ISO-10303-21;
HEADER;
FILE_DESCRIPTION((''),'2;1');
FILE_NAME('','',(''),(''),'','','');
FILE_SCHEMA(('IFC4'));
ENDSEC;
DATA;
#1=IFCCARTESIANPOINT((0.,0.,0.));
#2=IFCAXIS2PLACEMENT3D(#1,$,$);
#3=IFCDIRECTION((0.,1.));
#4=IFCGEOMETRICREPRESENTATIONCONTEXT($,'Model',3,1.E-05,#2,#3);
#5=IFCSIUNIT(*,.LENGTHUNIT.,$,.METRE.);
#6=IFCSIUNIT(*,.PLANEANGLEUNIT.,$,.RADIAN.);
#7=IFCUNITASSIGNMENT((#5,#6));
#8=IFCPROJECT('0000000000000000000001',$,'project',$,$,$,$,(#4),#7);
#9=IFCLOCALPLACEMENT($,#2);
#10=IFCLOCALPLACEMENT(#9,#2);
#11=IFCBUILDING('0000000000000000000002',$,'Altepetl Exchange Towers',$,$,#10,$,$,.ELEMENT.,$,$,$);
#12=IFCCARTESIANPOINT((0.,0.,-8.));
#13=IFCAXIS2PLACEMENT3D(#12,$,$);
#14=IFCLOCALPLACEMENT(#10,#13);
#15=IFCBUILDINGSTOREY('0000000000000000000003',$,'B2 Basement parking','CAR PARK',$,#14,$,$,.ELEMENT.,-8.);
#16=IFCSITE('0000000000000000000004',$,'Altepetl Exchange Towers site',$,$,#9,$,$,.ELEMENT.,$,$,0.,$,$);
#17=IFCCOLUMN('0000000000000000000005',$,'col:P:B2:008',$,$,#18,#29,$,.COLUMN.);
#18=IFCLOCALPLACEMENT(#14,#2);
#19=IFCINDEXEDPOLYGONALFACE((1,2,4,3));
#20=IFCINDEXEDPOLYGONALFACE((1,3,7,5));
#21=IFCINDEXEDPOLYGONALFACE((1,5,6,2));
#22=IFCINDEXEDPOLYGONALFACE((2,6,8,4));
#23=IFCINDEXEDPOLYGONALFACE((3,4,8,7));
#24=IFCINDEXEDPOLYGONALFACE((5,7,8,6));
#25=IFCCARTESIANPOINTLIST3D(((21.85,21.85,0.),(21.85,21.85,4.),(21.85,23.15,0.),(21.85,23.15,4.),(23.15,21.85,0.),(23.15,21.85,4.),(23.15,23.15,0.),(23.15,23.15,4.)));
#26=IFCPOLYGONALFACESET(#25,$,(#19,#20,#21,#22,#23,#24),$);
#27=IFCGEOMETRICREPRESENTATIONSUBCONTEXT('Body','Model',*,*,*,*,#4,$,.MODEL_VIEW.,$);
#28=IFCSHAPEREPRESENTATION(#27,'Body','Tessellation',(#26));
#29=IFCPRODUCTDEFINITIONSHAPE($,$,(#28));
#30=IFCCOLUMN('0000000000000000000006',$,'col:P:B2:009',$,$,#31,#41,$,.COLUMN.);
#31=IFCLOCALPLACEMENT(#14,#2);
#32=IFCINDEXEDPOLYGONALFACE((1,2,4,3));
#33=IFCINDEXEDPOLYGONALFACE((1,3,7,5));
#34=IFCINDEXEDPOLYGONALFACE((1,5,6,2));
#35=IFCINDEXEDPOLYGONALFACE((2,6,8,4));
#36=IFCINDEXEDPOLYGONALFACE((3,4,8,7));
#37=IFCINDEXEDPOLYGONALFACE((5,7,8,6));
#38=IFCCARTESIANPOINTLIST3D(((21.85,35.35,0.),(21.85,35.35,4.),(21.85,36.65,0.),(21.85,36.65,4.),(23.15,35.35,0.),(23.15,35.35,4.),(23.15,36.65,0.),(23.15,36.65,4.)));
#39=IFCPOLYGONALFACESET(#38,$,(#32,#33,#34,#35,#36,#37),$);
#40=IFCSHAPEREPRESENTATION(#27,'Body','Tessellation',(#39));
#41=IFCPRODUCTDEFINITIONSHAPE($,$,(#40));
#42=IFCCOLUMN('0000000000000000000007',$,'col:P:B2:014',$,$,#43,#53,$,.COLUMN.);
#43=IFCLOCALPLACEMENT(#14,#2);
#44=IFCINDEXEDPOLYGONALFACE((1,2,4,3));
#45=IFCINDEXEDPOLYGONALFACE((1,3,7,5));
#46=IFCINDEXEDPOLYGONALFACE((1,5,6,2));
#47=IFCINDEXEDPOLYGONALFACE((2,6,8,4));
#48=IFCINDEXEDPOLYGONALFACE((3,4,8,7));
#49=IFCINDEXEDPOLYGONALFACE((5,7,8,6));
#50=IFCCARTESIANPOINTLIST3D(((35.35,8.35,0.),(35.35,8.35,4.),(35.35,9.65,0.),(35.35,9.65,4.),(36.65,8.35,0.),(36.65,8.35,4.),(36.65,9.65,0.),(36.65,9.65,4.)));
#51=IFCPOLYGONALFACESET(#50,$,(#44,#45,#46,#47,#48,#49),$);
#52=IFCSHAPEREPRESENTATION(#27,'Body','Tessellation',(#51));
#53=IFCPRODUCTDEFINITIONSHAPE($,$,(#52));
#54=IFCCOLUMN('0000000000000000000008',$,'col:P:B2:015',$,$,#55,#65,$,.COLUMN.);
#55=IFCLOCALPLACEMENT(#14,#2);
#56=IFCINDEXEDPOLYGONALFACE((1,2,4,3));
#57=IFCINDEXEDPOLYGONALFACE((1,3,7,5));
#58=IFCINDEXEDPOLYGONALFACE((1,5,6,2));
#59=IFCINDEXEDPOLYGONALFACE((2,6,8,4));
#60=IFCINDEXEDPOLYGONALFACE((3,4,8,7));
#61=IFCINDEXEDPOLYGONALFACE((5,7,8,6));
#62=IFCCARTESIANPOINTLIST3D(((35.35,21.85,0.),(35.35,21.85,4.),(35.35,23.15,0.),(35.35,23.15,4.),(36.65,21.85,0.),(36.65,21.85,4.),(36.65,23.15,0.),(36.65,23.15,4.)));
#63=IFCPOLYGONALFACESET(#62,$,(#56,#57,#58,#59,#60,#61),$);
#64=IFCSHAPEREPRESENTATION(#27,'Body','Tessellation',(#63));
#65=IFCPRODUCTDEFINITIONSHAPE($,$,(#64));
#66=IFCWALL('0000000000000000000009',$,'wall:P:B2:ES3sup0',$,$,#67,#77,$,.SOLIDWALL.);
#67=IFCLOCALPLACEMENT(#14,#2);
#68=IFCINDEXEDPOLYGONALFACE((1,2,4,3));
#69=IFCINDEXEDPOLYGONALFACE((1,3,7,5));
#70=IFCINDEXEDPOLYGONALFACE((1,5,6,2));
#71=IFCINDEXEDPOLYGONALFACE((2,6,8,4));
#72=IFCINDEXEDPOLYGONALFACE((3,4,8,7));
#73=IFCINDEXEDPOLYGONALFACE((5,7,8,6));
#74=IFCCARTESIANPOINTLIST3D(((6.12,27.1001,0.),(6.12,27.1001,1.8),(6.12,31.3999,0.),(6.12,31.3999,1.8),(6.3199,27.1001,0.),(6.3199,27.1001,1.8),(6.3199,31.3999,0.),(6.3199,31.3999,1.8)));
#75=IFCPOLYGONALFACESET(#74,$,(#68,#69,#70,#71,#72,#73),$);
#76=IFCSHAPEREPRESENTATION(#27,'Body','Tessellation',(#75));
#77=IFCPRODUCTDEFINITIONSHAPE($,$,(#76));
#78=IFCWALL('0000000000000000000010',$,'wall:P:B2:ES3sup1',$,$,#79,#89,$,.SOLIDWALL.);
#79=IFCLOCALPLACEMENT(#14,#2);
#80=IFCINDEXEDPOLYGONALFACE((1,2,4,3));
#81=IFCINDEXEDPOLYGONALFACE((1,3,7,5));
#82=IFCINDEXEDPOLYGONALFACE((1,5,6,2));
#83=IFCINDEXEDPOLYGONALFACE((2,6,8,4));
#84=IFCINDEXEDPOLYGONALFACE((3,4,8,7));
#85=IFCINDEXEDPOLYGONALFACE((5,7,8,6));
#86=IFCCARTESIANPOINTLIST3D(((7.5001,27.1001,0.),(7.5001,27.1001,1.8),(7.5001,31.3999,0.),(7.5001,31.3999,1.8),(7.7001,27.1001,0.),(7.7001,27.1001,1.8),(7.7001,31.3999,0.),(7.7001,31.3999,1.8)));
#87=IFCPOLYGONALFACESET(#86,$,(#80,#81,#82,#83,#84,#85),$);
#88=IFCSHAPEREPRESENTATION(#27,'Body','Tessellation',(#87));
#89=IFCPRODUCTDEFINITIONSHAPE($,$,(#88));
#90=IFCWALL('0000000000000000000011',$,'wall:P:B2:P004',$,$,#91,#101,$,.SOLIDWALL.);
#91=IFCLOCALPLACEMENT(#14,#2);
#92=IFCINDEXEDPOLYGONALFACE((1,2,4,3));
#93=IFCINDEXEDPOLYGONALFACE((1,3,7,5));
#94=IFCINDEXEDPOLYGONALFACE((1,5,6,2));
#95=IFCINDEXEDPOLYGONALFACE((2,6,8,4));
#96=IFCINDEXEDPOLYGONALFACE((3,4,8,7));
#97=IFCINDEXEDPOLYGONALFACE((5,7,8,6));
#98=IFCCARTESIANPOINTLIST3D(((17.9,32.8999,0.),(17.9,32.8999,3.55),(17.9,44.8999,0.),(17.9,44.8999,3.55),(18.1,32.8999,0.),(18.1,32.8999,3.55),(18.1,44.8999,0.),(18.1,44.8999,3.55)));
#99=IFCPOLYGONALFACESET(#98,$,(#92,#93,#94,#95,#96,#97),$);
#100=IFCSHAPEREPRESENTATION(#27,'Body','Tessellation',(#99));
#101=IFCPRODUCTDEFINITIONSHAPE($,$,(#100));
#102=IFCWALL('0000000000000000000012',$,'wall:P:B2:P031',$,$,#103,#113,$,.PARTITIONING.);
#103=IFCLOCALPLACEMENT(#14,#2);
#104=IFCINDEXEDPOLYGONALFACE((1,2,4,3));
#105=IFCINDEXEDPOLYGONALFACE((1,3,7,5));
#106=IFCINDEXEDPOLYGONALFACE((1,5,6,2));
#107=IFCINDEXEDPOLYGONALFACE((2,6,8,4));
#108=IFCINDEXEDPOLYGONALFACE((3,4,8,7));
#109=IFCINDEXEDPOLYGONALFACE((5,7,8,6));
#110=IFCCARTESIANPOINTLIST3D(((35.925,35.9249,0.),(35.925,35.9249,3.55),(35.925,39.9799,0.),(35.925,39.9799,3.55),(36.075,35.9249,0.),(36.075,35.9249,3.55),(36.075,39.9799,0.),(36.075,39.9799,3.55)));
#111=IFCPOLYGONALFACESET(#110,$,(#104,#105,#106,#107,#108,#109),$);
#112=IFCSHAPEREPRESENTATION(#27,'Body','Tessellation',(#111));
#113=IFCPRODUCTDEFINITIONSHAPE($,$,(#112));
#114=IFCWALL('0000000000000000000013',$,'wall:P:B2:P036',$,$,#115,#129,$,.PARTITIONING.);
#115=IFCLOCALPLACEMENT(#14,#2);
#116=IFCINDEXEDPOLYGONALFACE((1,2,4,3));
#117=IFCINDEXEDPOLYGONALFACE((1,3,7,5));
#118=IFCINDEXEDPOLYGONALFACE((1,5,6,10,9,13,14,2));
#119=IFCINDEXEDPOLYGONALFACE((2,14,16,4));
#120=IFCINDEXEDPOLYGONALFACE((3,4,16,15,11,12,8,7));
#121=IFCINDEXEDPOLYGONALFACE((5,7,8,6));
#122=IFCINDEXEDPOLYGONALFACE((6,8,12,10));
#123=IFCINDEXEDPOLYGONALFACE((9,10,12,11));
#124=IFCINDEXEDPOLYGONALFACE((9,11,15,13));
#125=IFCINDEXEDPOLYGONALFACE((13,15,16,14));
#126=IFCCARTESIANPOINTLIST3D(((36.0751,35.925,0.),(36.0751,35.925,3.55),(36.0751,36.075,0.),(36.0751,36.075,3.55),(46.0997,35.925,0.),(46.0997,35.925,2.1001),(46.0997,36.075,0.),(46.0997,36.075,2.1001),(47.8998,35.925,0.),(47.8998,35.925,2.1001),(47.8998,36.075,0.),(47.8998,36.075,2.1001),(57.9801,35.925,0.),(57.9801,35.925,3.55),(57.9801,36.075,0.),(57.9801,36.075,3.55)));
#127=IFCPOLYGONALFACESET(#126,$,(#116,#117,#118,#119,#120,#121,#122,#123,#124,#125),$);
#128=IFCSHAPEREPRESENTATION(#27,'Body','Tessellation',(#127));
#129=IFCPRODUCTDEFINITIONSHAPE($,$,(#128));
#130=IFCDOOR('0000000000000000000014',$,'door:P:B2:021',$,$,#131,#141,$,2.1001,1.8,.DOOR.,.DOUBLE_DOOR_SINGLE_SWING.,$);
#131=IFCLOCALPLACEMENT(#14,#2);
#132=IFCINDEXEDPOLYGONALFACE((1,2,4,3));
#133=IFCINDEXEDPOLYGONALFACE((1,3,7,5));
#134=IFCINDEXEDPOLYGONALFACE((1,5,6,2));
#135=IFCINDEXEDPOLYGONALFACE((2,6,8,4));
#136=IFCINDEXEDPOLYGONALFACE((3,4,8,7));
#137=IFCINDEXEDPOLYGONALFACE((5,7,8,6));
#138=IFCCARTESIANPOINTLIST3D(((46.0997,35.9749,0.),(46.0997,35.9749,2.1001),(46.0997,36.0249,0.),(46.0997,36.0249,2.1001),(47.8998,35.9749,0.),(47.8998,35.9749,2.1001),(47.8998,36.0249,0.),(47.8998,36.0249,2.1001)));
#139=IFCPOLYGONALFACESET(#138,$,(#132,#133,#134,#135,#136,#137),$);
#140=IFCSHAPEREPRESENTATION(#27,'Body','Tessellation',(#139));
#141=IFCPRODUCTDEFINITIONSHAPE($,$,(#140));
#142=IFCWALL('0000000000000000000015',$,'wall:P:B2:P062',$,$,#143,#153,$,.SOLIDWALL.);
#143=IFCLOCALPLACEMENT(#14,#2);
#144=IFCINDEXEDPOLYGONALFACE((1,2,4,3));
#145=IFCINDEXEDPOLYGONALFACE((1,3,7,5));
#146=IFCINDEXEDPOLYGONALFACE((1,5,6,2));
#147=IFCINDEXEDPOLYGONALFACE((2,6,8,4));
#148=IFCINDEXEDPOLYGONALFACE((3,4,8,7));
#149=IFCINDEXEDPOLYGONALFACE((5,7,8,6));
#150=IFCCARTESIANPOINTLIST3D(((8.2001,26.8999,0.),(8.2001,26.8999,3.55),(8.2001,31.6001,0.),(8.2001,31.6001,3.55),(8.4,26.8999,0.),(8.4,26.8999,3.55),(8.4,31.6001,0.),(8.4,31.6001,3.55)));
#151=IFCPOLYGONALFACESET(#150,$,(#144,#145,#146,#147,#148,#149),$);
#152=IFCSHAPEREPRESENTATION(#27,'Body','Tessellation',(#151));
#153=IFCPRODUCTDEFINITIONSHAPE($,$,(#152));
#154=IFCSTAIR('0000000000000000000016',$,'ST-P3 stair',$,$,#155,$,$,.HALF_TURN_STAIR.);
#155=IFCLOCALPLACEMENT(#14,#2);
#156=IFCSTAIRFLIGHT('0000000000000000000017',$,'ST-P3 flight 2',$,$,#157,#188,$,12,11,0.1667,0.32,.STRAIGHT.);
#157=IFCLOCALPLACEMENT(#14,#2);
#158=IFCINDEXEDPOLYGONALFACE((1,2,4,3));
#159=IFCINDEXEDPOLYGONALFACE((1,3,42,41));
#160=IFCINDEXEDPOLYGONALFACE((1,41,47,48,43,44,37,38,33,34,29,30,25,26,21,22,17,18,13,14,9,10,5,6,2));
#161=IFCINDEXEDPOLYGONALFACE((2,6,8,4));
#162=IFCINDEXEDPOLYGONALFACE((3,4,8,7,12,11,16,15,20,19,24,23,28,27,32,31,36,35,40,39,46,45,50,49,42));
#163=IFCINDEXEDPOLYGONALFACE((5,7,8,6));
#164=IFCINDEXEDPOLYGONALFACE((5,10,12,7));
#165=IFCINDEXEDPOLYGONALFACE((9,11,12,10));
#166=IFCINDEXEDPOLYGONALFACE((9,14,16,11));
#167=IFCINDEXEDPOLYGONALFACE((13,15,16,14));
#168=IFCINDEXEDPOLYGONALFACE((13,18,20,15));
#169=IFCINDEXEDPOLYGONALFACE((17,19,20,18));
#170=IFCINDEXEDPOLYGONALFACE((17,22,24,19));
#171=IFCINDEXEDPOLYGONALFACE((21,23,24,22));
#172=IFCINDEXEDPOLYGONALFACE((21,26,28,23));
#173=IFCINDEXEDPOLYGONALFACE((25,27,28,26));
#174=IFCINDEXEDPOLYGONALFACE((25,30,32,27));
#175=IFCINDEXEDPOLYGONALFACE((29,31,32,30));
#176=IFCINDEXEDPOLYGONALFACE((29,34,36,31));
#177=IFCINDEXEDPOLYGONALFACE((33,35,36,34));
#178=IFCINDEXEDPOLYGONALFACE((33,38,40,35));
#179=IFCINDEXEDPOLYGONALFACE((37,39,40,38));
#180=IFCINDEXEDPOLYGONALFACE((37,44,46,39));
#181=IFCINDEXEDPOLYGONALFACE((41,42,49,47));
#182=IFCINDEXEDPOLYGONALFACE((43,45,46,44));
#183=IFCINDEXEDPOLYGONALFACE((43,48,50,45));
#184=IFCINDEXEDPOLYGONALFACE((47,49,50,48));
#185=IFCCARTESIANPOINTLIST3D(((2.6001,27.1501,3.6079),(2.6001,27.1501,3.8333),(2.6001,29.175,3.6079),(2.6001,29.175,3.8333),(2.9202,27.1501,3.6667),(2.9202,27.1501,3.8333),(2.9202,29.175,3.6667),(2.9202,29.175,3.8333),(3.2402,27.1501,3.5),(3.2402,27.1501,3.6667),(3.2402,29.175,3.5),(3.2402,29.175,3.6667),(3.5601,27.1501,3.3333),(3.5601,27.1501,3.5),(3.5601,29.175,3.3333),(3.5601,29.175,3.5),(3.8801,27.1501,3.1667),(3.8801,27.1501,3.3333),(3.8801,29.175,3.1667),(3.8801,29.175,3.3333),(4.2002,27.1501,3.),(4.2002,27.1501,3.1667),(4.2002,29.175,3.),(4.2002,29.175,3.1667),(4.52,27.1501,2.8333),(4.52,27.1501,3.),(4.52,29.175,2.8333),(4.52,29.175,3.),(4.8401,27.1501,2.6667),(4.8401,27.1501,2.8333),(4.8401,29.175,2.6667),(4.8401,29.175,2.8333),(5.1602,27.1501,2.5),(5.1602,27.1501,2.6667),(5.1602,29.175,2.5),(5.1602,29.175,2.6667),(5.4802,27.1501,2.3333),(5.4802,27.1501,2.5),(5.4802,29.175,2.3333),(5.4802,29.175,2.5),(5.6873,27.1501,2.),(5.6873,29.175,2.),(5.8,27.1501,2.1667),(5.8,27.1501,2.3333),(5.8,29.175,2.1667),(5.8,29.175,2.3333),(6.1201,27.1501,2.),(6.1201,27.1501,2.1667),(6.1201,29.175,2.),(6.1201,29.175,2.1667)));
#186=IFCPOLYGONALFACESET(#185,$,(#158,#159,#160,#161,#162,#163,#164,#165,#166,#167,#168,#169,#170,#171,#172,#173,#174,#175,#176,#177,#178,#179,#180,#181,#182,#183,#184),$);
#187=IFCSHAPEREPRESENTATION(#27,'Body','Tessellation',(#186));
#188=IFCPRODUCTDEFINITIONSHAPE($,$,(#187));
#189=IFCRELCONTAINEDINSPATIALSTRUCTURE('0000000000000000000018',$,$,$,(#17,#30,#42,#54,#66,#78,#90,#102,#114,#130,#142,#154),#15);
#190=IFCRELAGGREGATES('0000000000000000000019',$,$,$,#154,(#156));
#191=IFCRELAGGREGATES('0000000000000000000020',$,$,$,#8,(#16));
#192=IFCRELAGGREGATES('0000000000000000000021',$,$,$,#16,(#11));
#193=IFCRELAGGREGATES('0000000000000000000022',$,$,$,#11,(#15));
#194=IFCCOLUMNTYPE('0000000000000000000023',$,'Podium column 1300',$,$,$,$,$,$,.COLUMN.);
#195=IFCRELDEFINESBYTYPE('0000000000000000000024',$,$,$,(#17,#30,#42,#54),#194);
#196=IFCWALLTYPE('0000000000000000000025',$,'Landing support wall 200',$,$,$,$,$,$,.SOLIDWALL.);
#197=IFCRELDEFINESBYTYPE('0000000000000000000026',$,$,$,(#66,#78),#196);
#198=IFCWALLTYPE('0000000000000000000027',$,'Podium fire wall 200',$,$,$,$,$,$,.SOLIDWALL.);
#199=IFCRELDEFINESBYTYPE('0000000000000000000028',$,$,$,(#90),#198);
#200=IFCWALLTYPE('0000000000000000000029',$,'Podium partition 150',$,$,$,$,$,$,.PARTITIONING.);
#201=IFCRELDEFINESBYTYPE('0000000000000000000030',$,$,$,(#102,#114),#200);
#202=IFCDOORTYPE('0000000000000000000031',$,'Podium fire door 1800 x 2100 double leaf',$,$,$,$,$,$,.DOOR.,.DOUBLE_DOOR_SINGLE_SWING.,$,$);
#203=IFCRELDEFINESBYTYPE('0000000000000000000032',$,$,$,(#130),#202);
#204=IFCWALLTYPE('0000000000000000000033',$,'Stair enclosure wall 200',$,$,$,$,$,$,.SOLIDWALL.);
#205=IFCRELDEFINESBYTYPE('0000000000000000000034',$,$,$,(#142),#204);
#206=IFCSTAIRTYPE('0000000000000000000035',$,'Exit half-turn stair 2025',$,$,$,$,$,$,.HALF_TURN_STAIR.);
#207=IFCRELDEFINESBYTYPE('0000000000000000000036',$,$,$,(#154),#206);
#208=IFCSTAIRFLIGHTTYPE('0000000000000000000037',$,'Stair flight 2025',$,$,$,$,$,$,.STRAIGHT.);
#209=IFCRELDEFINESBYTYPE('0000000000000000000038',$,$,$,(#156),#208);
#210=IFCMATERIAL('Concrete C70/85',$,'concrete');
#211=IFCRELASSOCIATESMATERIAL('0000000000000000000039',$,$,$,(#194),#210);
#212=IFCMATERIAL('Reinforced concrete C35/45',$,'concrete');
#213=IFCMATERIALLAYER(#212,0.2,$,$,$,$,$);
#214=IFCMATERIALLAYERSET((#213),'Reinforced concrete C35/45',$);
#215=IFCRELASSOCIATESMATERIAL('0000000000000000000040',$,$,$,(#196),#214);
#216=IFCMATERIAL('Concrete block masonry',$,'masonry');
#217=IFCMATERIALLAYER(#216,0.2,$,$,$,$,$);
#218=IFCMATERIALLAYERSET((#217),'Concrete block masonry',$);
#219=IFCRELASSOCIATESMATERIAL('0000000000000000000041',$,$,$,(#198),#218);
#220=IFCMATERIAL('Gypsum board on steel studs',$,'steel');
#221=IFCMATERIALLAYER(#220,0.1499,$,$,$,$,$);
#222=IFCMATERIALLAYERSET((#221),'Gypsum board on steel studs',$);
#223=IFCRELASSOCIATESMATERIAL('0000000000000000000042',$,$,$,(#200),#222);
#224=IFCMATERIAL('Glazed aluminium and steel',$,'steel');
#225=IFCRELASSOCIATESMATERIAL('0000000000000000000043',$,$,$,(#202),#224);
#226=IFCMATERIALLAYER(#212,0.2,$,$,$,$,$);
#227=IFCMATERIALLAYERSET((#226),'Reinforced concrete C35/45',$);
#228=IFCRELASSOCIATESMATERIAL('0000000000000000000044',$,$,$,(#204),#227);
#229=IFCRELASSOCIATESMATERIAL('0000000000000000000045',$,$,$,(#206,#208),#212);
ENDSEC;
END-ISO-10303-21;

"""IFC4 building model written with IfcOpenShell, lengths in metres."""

from ifc_helpers import new_model, si_unit, direction, frame, frame_2d, origin, origin_2d, place, context, subcontext, project, spatial, polyline, rectangle, outline, extrude, material, layer, layer_set, material_profile, profile_set, type_object, element, fill, aggregate, save


model = new_model("IFC4")

# Units and contexts
model_context = context("Model", 3, precision=1e-05, world=origin(), true_north=direction((0.0, 1.0)))
body_context = subcontext(model_context, "Body", "Model", "MODEL_VIEW")
ifc_project = project(units=[si_unit("LENGTHUNIT", "METRE"), si_unit("PLANEANGLEUNIT", "RADIAN")], contexts=[model_context])

# Site, building, storey
site_placement = place(None, origin())
site = spatial("IfcSite", under=ifc_project, at=site_placement, Name="Altepetl Exchange Towers site", CompositionType="ELEMENT", RefElevation=0.0)
building_placement = place(site_placement, origin())
building = spatial("IfcBuilding", under=site, at=building_placement, Name="Altepetl Exchange Towers", CompositionType="ELEMENT")
storey_placement = place(building_placement, frame((0.0, 0.0, -8.0)))
storey = spatial("IfcBuildingStorey", under=building, at=storey_placement, Name="B2 Basement parking", Description="CAR PARK", CompositionType="ELEMENT", Elevation=-8.0)

# Columns
ifc_material_1 = material(Name="Concrete C70/85", Category="concrete")
ifc_material_profile_1 = material_profile(ifc_material_1, rectangle(XDim=1.3, YDim=1.3, at=origin_2d()), Name="1300 x 1300")
ifc_profile_set_1 = profile_set([ifc_material_profile_1], Name="Concrete C70/85")
column_type_1 = type_object("IfcColumnType", Name="Podium column 1300", PredefinedType="COLUMN", material=ifc_profile_set_1)
for number, where, name in (
    (1, (22.5, 22.5, 0.0), "col:P:B2:008"),
    (2, (22.5, 36.0, 0.0), "col:P:B2:009"),
    (3, (36.0, 9.0, 0.0), "col:P:B2:014"),
    (4, (36.0, 22.5, 0.0), "col:P:B2:015"),
):
    element("IfcColumn", number, at=place(storey_placement, frame(where)), inside=storey, type_object=column_type_1, Name=name, PredefinedType="COLUMN", context=body_context, shape_type="SweptSolid", body=[
        extrude(rectangle(XDim=1.3, YDim=1.3, at=origin_2d()), origin(), (0.0, 0.0, 1.0), 4.0),
    ])

# Walls
ifc_material_2 = material(Name="Reinforced concrete C35/45", Category="concrete")
ifc_layer_1 = layer(ifc_material_2, 0.2)
ifc_layer_set_1 = layer_set([ifc_layer_1], Name="Reinforced concrete C35/45")
wall_type_1 = type_object("IfcWallType", Name="Landing support wall 200", PredefinedType="SOLIDWALL", material=ifc_layer_set_1)
for number, where, z_axis, x_axis, name in (
    (5, (6.22, 31.3999, 0.0), (0.0, 0.0, 1.0), (0.0, -1.0, 0.0), "wall:P:B2:ES3sup0"),
    (6, (7.6001, 31.3999, 0.0), (0.0, 0.0, 1.0), (0.0, -1.0, 0.0), "wall:P:B2:ES3sup1"),
):
    element("IfcWall", number, at=place(storey_placement, frame(where, z_axis=z_axis, x_axis=x_axis)), inside=storey, type_object=wall_type_1, Name=name, PredefinedType="SOLIDWALL", context=body_context, shape_type="SweptSolid", body=[
        extrude(rectangle(XDim=4.2998, YDim=0.2, at=frame_2d((2.1499, 0.0))), origin(), (0.0, 0.0, 1.0), 1.8),
    ])
ifc_material_3 = material(Name="Concrete block masonry", Category="masonry")
ifc_layer_2 = layer(ifc_material_3, 0.2)
ifc_layer_set_2 = layer_set([ifc_layer_2], Name="Concrete block masonry")
wall_type_2 = type_object("IfcWallType", Name="Podium fire wall 200", PredefinedType="SOLIDWALL", material=ifc_layer_set_2)
wall_1_placement = place(storey_placement, frame((18.0, 32.8999, 0.0), z_axis=(0.0, 0.0, 1.0), x_axis=(0.0, 1.0, 0.0)))
element("IfcWall", 7, at=wall_1_placement, inside=storey, type_object=wall_type_2, Name="wall:P:B2:P004", PredefinedType="SOLIDWALL", context=body_context, shape_type="SweptSolid", body=[
    extrude(rectangle(XDim=12.0, YDim=0.2, at=frame_2d((6.0, 0.0))), origin(), (0.0, 0.0, 1.0), 3.55),
])
ifc_material_4 = material(Name="Gypsum board on steel studs", Category="steel")
ifc_layer_3 = layer(ifc_material_4, 0.1499)
ifc_layer_set_3 = layer_set([ifc_layer_3], Name="Gypsum board on steel studs")
wall_type_3 = type_object("IfcWallType", Name="Podium partition 150", PredefinedType="PARTITIONING", material=ifc_layer_set_3)
wall_2_placement = place(storey_placement, frame((36.0, 35.925, 0.0), z_axis=(0.0, 0.0, 1.0), x_axis=(0.0, 1.0, 0.0)))
element("IfcWall", 8, at=wall_2_placement, inside=storey, type_object=wall_type_3, Name="wall:P:B2:P031", PredefinedType="PARTITIONING", context=body_context, shape_type="SweptSolid", body=[
    extrude(rectangle(XDim=4.0549, YDim=0.1499, at=frame_2d((2.0273, 0.0))), origin(), (0.0, 0.0, 1.0), 3.55),
])

# Wall, opening, door
wall_3_placement = place(storey_placement, frame((36.075, 36.0, 0.0)))
wall_3 = element("IfcWall", 9, at=wall_3_placement, inside=storey, type_object=wall_type_3, Name="wall:P:B2:P036", PredefinedType="PARTITIONING", context=body_context, shape_type="SweptSolid", body=[
    extrude(rectangle(XDim=21.905, YDim=0.1499, at=frame_2d((10.9526, 0.0))), origin(), (0.0, 0.0, 1.0), 3.55),
])
opening_placement = place(wall_3_placement, frame((10.0249, 0.0, 0.0)))
opening = element("IfcOpeningElement", 10, at=opening_placement, cuts=wall_3, PredefinedType="OPENING", context=body_context, shape_type="SweptSolid", body=[
    extrude(rectangle(XDim=1.8, YDim=2.1001, at=frame_2d((0.8999, 1.05))), frame((0.0, 0.085, 0.0), z_axis=(0.0, -1.0, 0.0), x_axis=(1.0, 0.0, 0.0)), (0.0, 0.0, 1.0), 0.1699),
])
ifc_material_5 = material(Name="Glazed aluminium and steel", Category="steel")
door_type = type_object("IfcDoorType", Name="Podium fire door 1800 x 2100 double leaf", OperationType="DOUBLE_DOOR_SINGLE_SWING", PredefinedType="DOOR", material=ifc_material_5)
door_placement = place(opening_placement, origin())
door = element("IfcDoor", 11, at=door_placement, inside=storey, type_object=door_type, Name="door:P:B2:021", OperationType="DOUBLE_DOOR_SINGLE_SWING", OverallHeight=2.1001, OverallWidth=1.8, PredefinedType="DOOR", context=body_context, shape_type="SweptSolid", body=[
    extrude(rectangle(XDim=1.8, YDim=2.1001, at=frame_2d((0.8999, 1.05))), frame((0.0, 0.0249, 0.0), z_axis=(0.0, -1.0, 0.0), x_axis=(1.0, 0.0, 0.0)), (0.0, 0.0, 1.0), 0.05),
])
fill(opening, door)

# Wall
ifc_layer_4 = layer(ifc_material_2, 0.2)
ifc_layer_set_4 = layer_set([ifc_layer_4], Name="Reinforced concrete C35/45")
wall_type_4 = type_object("IfcWallType", Name="Stair enclosure wall 200", PredefinedType="SOLIDWALL", material=ifc_layer_set_4)
wall_4_placement = place(storey_placement, frame((8.3, 26.8999, 0.0), z_axis=(0.0, 0.0, 1.0), x_axis=(0.0, 1.0, 0.0)))
element("IfcWall", 12, at=wall_4_placement, inside=storey, type_object=wall_type_4, Name="wall:P:B2:P062", PredefinedType="SOLIDWALL", context=body_context, shape_type="SweptSolid", body=[
    extrude(rectangle(XDim=4.7002, YDim=0.2, at=frame_2d((2.3501, 0.0))), origin(), (0.0, 0.0, 1.0), 3.55),
])

# Stair, stair flight
stair_type = type_object("IfcStairType", Name="Exit half-turn stair 2025", PredefinedType="HALF_TURN_STAIR", material=ifc_material_2)
stair_placement = place(storey_placement, origin())
stair = element("IfcStair", 13, at=stair_placement, inside=storey, type_object=stair_type, Name="ST-P3 stair", PredefinedType="HALF_TURN_STAIR")
stair_flight_type = type_object("IfcStairFlightType", Name="Stair flight 2025", PredefinedType="STRAIGHT", material=ifc_material_2)
stair_flight_placement = place(storey_placement, frame((6.1201, 28.1626, 2.0), z_axis=(0.0, 0.0, 1.0), x_axis=(-1.0, 0.0, 0.0)))
stair_flight = element("IfcStairFlight", 14, at=stair_flight_placement, type_object=stair_flight_type, Name="ST-P3 flight 2", NumberOfRisers=12, NumberOfTreads=11, PredefinedType="STRAIGHT", RiserHeight=0.1667, TreadLength=0.32, context=body_context, shape_type="SweptSolid", body=[
    extrude(outline(polyline([(0.0, 0.0), (0.0, 0.1667), (0.3201, 0.1667), (0.3201, 0.3333), (0.6399, 0.3333), (0.6399, 0.5), (0.96, 0.5), (0.96, 0.6667), (1.28, 0.6667), (1.28, 0.8333), (1.6001, 0.8333), (1.6001, 1.0), (1.9199, 1.0), (1.9199, 1.1667), (2.24, 1.1667), (2.24, 1.3333), (2.5601, 1.3333), (2.5601, 1.5), (2.8799, 1.5), (2.8799, 1.6667), (3.2, 1.6667), (3.2, 1.8333), (3.52, 1.8333), (3.52, 2.0), (3.52, 1.6079), (0.4329, 0.0), (0.0, 0.0)])), frame((0.0, 1.0125, 0.0), z_axis=(0.0, -1.0, 0.0), x_axis=(1.0, 0.0, 0.0)), (0.0, 0.0, 1.0), 2.0249),
])
aggregate(stair, [stair_flight])

save(model, "model.ifc")
